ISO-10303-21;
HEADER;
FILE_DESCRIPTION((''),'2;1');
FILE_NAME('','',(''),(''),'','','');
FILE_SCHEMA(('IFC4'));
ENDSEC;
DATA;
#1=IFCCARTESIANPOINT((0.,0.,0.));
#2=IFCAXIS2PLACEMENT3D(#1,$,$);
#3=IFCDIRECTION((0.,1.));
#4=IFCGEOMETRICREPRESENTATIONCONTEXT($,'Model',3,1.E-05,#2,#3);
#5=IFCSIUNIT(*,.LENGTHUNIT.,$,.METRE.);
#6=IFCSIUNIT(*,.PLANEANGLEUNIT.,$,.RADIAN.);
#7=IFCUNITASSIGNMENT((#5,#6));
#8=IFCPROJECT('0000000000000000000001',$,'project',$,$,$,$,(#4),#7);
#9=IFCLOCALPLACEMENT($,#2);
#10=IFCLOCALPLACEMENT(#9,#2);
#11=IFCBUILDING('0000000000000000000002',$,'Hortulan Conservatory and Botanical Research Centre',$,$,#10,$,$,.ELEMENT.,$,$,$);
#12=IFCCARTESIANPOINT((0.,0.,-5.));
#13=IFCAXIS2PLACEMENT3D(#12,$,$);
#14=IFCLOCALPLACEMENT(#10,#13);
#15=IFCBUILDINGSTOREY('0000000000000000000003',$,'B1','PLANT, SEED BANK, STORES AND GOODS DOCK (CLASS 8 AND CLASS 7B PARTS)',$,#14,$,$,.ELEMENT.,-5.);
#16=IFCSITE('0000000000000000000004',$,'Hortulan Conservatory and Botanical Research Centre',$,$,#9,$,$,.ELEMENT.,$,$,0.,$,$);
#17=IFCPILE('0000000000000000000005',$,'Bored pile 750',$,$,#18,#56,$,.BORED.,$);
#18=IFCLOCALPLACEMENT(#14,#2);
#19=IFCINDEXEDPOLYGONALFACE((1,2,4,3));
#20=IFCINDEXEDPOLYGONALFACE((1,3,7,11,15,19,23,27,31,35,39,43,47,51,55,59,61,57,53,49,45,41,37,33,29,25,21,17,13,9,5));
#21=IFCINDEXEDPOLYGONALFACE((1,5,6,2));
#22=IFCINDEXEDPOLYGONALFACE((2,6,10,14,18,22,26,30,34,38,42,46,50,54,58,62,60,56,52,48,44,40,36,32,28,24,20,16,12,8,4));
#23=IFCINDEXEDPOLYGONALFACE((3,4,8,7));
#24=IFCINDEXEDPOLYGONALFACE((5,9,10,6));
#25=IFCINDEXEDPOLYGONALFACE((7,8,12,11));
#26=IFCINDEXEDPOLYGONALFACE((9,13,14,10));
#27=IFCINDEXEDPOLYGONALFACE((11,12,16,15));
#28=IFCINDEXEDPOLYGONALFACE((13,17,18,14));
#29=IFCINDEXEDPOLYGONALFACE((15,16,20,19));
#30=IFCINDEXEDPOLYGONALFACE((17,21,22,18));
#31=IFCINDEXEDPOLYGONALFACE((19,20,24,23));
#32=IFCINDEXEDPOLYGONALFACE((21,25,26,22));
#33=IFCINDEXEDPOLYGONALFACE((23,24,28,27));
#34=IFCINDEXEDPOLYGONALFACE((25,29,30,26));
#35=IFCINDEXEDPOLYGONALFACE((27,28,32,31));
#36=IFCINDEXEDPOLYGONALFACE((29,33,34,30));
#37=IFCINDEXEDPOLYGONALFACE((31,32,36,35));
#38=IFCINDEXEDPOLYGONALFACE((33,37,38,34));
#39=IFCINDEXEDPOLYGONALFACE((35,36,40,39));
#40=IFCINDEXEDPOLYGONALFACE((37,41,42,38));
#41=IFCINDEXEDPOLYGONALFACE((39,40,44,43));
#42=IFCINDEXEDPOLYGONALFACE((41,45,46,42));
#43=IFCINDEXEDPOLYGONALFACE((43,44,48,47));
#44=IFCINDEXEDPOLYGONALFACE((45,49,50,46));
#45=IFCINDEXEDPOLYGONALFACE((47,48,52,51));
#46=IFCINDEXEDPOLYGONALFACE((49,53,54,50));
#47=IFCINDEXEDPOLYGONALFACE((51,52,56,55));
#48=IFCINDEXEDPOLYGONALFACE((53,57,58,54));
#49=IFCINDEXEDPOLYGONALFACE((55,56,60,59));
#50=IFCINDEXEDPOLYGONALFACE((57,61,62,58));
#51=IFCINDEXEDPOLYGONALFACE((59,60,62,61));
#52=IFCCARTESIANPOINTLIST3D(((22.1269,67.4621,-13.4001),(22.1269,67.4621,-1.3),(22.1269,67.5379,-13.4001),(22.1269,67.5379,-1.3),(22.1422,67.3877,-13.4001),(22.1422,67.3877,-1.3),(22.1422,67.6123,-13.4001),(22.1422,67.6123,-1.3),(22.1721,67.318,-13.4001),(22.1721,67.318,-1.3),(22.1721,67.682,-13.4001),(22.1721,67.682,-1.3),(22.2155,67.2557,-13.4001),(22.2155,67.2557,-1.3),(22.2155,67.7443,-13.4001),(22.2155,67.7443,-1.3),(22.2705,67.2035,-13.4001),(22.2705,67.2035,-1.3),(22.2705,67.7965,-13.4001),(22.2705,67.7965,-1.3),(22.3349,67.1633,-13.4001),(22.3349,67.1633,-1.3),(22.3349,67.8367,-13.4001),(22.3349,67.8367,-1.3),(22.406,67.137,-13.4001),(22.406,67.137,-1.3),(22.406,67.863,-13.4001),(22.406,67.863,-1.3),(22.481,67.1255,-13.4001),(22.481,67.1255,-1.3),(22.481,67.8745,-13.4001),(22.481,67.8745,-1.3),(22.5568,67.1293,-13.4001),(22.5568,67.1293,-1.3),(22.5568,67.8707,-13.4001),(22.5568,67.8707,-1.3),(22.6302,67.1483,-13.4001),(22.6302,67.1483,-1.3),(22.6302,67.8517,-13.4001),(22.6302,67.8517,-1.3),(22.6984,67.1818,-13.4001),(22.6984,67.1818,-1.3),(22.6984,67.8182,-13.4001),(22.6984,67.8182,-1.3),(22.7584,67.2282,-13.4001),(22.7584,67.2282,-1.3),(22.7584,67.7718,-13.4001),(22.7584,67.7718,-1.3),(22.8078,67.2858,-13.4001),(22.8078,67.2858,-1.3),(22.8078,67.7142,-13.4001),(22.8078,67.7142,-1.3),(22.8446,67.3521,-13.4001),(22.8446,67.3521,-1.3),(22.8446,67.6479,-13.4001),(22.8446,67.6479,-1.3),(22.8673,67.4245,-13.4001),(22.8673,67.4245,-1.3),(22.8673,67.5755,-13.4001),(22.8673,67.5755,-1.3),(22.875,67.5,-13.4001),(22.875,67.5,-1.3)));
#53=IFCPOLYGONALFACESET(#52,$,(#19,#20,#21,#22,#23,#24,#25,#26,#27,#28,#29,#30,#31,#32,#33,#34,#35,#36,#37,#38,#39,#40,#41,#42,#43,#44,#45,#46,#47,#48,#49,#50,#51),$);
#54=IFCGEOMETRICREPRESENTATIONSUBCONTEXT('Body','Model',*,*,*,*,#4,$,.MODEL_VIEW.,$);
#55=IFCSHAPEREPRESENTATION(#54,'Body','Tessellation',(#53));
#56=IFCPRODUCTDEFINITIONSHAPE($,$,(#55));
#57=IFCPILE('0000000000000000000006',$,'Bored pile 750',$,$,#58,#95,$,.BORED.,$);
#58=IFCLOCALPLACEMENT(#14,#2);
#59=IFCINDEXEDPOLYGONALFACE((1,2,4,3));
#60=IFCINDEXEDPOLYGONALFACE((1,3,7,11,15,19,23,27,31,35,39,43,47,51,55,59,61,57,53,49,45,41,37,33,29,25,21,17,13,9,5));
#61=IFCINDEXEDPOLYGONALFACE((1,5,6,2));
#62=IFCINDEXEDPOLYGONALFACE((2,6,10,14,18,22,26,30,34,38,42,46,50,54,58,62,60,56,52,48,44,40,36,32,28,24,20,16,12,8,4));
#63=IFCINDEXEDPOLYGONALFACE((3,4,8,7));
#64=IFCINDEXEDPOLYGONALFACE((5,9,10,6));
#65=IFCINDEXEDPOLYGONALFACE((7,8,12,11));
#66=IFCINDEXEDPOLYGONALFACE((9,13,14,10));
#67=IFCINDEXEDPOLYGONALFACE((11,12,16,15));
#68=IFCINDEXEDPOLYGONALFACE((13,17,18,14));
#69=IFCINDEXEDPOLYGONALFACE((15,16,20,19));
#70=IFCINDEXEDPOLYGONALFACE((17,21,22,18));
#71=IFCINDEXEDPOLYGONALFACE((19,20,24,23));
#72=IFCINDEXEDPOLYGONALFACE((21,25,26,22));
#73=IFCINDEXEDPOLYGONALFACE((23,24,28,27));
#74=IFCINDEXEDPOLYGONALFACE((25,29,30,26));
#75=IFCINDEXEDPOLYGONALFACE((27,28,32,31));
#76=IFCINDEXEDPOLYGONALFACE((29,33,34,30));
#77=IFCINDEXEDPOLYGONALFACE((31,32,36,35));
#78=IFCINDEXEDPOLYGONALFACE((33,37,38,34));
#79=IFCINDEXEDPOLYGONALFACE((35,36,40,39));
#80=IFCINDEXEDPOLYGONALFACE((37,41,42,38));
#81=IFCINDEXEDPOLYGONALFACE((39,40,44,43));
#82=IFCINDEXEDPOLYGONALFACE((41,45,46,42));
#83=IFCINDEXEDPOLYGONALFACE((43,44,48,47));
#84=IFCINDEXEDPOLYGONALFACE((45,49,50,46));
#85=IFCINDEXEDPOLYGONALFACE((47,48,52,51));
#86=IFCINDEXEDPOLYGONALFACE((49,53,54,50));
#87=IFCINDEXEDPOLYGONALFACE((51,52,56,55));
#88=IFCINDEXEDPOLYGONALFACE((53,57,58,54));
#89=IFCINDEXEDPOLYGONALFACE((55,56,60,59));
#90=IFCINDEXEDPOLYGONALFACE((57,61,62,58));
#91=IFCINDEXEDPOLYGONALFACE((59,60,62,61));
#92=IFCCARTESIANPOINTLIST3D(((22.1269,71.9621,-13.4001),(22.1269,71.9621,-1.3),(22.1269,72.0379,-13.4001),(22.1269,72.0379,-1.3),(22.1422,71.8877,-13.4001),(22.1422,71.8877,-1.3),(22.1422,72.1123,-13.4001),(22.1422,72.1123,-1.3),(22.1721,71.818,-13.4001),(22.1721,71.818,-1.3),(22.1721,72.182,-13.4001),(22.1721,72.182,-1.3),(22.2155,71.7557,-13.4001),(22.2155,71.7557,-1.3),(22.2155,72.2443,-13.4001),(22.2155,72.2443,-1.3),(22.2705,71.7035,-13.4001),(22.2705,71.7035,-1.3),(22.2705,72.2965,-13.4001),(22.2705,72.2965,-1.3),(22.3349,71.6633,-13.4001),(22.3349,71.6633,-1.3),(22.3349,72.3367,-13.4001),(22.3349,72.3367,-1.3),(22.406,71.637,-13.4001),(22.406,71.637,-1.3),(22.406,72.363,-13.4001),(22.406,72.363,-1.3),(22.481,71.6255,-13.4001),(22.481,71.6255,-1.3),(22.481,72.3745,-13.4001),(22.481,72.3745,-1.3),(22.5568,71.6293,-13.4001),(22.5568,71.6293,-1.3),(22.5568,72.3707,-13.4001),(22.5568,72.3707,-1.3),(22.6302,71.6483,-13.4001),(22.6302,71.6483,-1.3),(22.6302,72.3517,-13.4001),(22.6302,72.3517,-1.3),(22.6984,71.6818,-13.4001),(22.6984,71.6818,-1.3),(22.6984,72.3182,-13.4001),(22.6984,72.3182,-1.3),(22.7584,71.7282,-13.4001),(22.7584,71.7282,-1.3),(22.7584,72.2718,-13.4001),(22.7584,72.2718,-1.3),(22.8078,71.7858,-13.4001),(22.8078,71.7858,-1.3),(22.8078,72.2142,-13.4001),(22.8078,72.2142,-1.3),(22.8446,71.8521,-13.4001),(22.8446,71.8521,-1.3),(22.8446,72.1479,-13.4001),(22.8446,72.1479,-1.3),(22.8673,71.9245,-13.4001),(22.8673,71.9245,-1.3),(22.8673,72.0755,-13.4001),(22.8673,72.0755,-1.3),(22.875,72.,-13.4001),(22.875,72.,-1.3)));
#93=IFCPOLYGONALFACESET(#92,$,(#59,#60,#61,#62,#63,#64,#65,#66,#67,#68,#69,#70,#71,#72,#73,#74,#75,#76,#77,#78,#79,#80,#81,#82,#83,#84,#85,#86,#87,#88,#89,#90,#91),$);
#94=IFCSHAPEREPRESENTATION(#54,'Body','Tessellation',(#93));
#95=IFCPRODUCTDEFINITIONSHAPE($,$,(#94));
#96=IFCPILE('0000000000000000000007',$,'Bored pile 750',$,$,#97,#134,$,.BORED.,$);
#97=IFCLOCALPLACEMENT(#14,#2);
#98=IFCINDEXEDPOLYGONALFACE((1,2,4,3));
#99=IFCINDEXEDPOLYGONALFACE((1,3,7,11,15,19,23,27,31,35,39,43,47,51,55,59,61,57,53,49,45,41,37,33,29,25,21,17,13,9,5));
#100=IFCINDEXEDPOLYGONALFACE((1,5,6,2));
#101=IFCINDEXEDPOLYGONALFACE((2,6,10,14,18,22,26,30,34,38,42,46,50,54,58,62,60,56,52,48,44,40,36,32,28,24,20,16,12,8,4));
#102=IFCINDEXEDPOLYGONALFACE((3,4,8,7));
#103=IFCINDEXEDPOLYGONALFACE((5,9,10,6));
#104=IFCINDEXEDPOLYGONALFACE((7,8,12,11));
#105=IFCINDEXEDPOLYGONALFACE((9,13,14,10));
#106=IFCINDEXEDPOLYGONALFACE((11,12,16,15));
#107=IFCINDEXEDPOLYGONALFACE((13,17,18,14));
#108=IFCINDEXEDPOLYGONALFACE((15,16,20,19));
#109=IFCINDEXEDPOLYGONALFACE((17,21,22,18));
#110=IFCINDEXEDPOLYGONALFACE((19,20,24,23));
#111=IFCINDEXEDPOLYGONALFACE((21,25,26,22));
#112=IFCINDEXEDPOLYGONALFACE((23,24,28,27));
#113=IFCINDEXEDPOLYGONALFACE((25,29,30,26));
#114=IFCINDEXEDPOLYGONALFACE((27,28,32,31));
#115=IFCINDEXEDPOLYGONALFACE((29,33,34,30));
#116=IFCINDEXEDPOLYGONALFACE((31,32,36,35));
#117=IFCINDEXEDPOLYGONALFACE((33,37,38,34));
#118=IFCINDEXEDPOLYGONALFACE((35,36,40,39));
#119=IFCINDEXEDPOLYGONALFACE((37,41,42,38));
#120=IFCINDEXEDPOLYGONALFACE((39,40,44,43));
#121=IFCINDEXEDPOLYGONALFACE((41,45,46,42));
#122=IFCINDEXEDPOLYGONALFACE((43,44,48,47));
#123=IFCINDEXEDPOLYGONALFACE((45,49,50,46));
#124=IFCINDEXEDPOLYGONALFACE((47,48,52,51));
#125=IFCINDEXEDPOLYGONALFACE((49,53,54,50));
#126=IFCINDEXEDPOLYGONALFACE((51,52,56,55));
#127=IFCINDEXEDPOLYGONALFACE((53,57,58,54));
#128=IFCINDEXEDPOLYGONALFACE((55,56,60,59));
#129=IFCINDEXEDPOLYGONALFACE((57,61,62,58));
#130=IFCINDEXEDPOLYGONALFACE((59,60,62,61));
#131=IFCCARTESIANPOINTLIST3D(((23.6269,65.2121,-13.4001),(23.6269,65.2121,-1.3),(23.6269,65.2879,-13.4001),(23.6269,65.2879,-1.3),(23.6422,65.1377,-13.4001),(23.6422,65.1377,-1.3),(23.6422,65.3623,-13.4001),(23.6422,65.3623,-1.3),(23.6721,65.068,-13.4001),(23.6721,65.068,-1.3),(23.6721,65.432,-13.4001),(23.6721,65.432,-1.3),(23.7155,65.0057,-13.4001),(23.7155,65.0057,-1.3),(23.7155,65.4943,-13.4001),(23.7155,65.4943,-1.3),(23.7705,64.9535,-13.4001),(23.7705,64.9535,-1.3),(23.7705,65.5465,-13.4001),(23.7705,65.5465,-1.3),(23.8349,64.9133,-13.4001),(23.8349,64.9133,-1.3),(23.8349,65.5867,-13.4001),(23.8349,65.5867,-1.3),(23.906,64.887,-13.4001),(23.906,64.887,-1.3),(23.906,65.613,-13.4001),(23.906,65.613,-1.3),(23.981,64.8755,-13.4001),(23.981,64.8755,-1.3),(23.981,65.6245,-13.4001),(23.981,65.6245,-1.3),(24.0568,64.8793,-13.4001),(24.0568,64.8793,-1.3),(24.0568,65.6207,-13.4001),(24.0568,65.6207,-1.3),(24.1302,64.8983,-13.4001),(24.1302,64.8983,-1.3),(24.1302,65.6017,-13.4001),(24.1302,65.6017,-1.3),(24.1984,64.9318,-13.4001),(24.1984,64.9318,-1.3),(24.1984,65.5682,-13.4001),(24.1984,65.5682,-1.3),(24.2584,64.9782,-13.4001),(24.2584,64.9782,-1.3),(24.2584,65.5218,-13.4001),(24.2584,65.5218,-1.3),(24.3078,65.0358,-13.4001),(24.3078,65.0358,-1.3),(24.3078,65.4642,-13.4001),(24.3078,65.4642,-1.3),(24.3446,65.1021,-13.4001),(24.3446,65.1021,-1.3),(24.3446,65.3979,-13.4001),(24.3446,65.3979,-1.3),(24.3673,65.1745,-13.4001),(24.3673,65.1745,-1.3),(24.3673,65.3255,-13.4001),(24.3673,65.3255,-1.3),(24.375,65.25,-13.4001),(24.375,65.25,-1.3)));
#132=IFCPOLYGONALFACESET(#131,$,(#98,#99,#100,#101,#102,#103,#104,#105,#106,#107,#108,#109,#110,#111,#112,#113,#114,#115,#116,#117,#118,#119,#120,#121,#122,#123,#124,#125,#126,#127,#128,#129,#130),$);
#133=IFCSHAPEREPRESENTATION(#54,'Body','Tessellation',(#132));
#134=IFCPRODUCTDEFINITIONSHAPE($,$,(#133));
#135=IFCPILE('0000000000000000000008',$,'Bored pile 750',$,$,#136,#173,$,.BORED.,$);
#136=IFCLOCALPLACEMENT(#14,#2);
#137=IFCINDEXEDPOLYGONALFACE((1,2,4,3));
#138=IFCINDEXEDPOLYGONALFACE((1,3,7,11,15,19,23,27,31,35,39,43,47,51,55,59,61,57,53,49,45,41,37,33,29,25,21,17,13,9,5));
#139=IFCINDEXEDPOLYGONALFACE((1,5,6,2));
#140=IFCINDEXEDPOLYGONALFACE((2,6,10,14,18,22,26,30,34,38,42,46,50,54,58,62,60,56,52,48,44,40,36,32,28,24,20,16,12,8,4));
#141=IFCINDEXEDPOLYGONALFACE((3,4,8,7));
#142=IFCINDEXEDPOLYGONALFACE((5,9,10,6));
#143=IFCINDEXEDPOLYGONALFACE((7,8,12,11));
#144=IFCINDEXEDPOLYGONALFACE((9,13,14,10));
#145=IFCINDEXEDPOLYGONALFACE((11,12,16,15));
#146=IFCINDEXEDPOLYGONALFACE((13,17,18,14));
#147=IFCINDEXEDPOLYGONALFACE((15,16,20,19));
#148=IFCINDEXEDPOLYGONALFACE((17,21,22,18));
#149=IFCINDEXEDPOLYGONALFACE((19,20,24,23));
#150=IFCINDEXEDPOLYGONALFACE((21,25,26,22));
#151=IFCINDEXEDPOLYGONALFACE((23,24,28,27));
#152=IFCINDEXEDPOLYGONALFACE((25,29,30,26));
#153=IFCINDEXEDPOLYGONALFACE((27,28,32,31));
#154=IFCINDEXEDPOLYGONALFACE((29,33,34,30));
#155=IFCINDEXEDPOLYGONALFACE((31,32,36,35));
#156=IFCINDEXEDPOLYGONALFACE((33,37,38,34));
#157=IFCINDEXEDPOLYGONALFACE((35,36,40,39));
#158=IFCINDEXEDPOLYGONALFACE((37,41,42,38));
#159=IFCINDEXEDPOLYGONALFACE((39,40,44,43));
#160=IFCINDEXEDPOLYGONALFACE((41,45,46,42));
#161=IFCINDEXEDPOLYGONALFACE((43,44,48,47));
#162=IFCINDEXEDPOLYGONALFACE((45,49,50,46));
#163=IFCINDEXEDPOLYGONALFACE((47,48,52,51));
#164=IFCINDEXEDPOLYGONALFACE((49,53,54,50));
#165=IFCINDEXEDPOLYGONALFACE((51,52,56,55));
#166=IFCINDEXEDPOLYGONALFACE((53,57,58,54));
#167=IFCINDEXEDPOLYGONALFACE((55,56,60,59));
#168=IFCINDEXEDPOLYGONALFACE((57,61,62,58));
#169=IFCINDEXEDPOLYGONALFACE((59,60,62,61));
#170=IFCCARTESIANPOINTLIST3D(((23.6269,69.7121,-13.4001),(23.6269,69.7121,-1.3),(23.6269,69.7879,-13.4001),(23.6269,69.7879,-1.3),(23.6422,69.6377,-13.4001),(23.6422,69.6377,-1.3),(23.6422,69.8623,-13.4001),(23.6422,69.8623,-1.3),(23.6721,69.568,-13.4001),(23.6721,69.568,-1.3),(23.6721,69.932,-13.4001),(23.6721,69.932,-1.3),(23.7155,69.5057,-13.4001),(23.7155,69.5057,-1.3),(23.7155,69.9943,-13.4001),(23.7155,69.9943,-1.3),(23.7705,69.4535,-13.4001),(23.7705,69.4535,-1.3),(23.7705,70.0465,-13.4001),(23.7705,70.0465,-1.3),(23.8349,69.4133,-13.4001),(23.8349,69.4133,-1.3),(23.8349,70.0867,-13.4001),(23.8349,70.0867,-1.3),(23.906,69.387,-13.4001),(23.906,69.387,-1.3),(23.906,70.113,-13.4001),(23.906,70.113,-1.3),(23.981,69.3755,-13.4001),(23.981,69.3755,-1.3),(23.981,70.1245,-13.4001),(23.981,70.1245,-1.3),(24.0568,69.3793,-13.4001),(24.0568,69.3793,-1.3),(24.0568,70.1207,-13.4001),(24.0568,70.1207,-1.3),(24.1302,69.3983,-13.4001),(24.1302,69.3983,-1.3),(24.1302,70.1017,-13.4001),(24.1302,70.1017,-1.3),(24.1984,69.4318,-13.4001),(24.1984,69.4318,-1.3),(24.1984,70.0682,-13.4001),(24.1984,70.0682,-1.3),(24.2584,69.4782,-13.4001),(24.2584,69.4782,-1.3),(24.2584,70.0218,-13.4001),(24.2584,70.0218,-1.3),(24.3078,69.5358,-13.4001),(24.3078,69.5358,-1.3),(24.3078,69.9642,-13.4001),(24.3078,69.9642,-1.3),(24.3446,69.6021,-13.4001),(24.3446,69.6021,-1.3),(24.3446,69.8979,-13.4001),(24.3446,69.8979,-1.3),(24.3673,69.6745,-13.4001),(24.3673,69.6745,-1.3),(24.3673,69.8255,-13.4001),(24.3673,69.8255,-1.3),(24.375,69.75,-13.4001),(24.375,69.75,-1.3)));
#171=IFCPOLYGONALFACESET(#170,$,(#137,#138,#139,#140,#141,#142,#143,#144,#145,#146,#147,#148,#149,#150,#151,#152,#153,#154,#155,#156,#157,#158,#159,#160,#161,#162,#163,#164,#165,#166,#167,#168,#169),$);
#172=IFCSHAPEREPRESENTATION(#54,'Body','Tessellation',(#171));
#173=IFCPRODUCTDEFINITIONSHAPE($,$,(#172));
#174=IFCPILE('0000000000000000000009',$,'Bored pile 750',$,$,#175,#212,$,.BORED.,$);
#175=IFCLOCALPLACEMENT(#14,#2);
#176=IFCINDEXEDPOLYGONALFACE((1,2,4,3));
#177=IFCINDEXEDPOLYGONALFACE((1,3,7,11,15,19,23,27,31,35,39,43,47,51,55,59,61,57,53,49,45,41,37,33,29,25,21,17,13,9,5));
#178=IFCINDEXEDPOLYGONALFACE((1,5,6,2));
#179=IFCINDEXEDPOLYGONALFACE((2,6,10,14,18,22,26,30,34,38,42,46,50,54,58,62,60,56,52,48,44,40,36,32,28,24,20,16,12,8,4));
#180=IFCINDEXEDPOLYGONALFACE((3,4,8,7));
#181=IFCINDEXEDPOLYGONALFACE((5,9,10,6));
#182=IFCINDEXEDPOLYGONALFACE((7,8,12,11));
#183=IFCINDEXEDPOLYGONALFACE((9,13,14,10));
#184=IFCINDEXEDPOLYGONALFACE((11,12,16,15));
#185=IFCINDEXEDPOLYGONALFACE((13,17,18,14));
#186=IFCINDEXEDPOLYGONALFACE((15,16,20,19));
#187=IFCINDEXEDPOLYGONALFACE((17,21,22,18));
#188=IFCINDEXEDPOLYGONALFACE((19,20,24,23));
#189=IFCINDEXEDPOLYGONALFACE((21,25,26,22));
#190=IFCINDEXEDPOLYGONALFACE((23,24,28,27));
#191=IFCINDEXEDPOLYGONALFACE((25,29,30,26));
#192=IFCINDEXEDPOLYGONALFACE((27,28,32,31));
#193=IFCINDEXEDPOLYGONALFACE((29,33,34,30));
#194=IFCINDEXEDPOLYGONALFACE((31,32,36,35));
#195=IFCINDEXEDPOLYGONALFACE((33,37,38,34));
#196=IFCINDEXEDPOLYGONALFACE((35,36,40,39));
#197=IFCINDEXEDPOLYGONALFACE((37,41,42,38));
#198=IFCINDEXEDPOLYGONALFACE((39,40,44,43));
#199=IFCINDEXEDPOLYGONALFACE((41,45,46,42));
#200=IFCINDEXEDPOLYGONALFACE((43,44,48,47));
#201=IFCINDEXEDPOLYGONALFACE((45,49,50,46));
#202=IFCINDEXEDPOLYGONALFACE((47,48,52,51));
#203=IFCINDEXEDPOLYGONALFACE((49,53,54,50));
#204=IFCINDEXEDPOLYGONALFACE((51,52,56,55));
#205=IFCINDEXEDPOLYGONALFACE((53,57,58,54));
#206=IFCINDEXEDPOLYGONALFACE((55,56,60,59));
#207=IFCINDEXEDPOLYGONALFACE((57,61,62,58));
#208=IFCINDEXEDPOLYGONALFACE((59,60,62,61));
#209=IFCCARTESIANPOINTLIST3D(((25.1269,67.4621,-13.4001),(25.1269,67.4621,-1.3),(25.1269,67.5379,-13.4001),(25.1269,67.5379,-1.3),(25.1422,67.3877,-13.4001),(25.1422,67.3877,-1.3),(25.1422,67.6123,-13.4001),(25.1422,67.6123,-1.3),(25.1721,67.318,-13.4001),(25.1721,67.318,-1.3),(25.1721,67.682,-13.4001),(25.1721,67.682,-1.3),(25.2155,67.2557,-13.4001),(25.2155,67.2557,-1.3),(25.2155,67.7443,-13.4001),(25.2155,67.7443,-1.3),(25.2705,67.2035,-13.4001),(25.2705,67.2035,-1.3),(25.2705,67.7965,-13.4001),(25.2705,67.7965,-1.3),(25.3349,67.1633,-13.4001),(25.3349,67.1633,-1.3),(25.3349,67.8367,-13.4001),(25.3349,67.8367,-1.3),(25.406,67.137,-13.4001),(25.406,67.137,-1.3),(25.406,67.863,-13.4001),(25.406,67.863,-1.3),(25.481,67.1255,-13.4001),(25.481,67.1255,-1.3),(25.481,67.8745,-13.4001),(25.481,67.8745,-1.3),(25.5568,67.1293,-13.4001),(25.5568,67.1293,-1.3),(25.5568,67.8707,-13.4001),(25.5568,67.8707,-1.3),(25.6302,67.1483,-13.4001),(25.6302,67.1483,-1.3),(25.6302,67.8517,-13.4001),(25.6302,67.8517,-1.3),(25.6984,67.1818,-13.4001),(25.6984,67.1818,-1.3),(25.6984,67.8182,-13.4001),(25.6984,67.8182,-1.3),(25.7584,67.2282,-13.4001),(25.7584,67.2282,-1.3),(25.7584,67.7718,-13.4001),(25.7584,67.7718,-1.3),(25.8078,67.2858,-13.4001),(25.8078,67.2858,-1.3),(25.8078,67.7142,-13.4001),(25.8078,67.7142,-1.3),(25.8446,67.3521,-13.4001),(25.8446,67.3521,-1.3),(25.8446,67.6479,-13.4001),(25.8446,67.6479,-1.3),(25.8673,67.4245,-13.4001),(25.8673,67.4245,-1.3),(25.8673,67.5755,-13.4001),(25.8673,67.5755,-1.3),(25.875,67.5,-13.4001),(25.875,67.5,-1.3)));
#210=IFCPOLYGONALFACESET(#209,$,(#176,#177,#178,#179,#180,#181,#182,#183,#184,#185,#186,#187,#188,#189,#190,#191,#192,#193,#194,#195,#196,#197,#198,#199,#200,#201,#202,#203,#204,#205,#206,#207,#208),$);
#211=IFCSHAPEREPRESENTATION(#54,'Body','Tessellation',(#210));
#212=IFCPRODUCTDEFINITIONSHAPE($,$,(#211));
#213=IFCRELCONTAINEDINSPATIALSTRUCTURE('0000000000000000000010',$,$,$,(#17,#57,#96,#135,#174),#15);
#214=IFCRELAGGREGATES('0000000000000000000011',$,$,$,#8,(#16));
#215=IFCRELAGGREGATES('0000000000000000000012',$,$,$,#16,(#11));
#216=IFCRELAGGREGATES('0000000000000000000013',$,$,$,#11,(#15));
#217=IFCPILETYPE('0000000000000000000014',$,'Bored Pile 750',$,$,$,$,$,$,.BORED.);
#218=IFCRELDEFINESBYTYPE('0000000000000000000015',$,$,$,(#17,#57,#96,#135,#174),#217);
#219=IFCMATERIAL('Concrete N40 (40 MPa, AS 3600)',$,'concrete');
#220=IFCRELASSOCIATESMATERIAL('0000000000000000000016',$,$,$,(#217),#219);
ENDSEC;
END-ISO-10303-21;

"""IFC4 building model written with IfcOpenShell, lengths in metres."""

from ifc_helpers import new_model, si_unit, direction, frame, origin, origin_2d, place, context, subcontext, project, spatial, circle, extrude, material, material_profile, profile_set, type_object, element, save


model = new_model("IFC4")

# Units and contexts
model_context = context("Model", 3, precision=1e-05, world=origin(), true_north=direction((0.0, 1.0)))
body_context = subcontext(model_context, "Body", "Model", "MODEL_VIEW")
ifc_project = project(units=[si_unit("LENGTHUNIT", "METRE"), si_unit("PLANEANGLEUNIT", "RADIAN")], contexts=[model_context])

# Site, building, storey
site_placement = place(None, origin())
site = spatial("IfcSite", under=ifc_project, at=site_placement, Name="Hortulan Conservatory and Botanical Research Centre", CompositionType="ELEMENT", RefElevation=0.0)
building_placement = place(site_placement, origin())
building = spatial("IfcBuilding", under=site, at=building_placement, Name="Hortulan Conservatory and Botanical Research Centre", CompositionType="ELEMENT")
storey_placement = place(building_placement, frame((0.0, 0.0, -5.0)))
storey = spatial("IfcBuildingStorey", under=building, at=storey_placement, Name="B1", Description="PLANT, SEED BANK, STORES AND GOODS DOCK (CLASS 8 AND CLASS 7B PARTS)", CompositionType="ELEMENT", Elevation=-5.0)

# Piles
ifc_material_1 = material(Name="Concrete N40 (40 MPa, AS 3600)", Category="concrete")
ifc_material_profile_1 = material_profile(ifc_material_1, circle(Radius=0.375, at=origin_2d()), Name="Bored pile 750 diameter")
ifc_profile_set_1 = profile_set([ifc_material_profile_1], Name="Concrete N40 (40 MPa, AS 3600)")
pile_type = type_object("IfcPileType", Name="Bored Pile 750", PredefinedType="BORED", material=ifc_profile_set_1)
for number, where, z_axis, x_axis, name in (
    (1, (22.5, 67.5, -1.3), (0.0, 0.0, -1.0), (1.0, 0.0, 0.0), "Bored pile 750"),
    (2, (22.5, 72.0, -1.3), (0.0, 0.0, -1.0), (1.0, 0.0, 0.0), "Bored pile 750"),
    (3, (24.0, 65.25, -1.3), (0.0, 0.0, -1.0), (1.0, 0.0, 0.0), "Bored pile 750"),
    (4, (24.0, 69.75, -1.3), (0.0, 0.0, -1.0), (1.0, 0.0, 0.0), "Bored pile 750"),
    (5, (25.5, 67.5, -1.3), (0.0, 0.0, -1.0), (1.0, 0.0, 0.0), "Bored pile 750"),
):
    element("IfcPile", number, at=place(storey_placement, frame(where, z_axis=z_axis, x_axis=x_axis)), inside=storey, type_object=pile_type, Name=name, PredefinedType="BORED", context=body_context, shape_type="SweptSolid", body=[
        extrude(circle(Radius=0.375, at=origin_2d()), origin(), (0.0, 0.0, 1.0), 12.1001),
    ])

save(model, "model.ifc")
